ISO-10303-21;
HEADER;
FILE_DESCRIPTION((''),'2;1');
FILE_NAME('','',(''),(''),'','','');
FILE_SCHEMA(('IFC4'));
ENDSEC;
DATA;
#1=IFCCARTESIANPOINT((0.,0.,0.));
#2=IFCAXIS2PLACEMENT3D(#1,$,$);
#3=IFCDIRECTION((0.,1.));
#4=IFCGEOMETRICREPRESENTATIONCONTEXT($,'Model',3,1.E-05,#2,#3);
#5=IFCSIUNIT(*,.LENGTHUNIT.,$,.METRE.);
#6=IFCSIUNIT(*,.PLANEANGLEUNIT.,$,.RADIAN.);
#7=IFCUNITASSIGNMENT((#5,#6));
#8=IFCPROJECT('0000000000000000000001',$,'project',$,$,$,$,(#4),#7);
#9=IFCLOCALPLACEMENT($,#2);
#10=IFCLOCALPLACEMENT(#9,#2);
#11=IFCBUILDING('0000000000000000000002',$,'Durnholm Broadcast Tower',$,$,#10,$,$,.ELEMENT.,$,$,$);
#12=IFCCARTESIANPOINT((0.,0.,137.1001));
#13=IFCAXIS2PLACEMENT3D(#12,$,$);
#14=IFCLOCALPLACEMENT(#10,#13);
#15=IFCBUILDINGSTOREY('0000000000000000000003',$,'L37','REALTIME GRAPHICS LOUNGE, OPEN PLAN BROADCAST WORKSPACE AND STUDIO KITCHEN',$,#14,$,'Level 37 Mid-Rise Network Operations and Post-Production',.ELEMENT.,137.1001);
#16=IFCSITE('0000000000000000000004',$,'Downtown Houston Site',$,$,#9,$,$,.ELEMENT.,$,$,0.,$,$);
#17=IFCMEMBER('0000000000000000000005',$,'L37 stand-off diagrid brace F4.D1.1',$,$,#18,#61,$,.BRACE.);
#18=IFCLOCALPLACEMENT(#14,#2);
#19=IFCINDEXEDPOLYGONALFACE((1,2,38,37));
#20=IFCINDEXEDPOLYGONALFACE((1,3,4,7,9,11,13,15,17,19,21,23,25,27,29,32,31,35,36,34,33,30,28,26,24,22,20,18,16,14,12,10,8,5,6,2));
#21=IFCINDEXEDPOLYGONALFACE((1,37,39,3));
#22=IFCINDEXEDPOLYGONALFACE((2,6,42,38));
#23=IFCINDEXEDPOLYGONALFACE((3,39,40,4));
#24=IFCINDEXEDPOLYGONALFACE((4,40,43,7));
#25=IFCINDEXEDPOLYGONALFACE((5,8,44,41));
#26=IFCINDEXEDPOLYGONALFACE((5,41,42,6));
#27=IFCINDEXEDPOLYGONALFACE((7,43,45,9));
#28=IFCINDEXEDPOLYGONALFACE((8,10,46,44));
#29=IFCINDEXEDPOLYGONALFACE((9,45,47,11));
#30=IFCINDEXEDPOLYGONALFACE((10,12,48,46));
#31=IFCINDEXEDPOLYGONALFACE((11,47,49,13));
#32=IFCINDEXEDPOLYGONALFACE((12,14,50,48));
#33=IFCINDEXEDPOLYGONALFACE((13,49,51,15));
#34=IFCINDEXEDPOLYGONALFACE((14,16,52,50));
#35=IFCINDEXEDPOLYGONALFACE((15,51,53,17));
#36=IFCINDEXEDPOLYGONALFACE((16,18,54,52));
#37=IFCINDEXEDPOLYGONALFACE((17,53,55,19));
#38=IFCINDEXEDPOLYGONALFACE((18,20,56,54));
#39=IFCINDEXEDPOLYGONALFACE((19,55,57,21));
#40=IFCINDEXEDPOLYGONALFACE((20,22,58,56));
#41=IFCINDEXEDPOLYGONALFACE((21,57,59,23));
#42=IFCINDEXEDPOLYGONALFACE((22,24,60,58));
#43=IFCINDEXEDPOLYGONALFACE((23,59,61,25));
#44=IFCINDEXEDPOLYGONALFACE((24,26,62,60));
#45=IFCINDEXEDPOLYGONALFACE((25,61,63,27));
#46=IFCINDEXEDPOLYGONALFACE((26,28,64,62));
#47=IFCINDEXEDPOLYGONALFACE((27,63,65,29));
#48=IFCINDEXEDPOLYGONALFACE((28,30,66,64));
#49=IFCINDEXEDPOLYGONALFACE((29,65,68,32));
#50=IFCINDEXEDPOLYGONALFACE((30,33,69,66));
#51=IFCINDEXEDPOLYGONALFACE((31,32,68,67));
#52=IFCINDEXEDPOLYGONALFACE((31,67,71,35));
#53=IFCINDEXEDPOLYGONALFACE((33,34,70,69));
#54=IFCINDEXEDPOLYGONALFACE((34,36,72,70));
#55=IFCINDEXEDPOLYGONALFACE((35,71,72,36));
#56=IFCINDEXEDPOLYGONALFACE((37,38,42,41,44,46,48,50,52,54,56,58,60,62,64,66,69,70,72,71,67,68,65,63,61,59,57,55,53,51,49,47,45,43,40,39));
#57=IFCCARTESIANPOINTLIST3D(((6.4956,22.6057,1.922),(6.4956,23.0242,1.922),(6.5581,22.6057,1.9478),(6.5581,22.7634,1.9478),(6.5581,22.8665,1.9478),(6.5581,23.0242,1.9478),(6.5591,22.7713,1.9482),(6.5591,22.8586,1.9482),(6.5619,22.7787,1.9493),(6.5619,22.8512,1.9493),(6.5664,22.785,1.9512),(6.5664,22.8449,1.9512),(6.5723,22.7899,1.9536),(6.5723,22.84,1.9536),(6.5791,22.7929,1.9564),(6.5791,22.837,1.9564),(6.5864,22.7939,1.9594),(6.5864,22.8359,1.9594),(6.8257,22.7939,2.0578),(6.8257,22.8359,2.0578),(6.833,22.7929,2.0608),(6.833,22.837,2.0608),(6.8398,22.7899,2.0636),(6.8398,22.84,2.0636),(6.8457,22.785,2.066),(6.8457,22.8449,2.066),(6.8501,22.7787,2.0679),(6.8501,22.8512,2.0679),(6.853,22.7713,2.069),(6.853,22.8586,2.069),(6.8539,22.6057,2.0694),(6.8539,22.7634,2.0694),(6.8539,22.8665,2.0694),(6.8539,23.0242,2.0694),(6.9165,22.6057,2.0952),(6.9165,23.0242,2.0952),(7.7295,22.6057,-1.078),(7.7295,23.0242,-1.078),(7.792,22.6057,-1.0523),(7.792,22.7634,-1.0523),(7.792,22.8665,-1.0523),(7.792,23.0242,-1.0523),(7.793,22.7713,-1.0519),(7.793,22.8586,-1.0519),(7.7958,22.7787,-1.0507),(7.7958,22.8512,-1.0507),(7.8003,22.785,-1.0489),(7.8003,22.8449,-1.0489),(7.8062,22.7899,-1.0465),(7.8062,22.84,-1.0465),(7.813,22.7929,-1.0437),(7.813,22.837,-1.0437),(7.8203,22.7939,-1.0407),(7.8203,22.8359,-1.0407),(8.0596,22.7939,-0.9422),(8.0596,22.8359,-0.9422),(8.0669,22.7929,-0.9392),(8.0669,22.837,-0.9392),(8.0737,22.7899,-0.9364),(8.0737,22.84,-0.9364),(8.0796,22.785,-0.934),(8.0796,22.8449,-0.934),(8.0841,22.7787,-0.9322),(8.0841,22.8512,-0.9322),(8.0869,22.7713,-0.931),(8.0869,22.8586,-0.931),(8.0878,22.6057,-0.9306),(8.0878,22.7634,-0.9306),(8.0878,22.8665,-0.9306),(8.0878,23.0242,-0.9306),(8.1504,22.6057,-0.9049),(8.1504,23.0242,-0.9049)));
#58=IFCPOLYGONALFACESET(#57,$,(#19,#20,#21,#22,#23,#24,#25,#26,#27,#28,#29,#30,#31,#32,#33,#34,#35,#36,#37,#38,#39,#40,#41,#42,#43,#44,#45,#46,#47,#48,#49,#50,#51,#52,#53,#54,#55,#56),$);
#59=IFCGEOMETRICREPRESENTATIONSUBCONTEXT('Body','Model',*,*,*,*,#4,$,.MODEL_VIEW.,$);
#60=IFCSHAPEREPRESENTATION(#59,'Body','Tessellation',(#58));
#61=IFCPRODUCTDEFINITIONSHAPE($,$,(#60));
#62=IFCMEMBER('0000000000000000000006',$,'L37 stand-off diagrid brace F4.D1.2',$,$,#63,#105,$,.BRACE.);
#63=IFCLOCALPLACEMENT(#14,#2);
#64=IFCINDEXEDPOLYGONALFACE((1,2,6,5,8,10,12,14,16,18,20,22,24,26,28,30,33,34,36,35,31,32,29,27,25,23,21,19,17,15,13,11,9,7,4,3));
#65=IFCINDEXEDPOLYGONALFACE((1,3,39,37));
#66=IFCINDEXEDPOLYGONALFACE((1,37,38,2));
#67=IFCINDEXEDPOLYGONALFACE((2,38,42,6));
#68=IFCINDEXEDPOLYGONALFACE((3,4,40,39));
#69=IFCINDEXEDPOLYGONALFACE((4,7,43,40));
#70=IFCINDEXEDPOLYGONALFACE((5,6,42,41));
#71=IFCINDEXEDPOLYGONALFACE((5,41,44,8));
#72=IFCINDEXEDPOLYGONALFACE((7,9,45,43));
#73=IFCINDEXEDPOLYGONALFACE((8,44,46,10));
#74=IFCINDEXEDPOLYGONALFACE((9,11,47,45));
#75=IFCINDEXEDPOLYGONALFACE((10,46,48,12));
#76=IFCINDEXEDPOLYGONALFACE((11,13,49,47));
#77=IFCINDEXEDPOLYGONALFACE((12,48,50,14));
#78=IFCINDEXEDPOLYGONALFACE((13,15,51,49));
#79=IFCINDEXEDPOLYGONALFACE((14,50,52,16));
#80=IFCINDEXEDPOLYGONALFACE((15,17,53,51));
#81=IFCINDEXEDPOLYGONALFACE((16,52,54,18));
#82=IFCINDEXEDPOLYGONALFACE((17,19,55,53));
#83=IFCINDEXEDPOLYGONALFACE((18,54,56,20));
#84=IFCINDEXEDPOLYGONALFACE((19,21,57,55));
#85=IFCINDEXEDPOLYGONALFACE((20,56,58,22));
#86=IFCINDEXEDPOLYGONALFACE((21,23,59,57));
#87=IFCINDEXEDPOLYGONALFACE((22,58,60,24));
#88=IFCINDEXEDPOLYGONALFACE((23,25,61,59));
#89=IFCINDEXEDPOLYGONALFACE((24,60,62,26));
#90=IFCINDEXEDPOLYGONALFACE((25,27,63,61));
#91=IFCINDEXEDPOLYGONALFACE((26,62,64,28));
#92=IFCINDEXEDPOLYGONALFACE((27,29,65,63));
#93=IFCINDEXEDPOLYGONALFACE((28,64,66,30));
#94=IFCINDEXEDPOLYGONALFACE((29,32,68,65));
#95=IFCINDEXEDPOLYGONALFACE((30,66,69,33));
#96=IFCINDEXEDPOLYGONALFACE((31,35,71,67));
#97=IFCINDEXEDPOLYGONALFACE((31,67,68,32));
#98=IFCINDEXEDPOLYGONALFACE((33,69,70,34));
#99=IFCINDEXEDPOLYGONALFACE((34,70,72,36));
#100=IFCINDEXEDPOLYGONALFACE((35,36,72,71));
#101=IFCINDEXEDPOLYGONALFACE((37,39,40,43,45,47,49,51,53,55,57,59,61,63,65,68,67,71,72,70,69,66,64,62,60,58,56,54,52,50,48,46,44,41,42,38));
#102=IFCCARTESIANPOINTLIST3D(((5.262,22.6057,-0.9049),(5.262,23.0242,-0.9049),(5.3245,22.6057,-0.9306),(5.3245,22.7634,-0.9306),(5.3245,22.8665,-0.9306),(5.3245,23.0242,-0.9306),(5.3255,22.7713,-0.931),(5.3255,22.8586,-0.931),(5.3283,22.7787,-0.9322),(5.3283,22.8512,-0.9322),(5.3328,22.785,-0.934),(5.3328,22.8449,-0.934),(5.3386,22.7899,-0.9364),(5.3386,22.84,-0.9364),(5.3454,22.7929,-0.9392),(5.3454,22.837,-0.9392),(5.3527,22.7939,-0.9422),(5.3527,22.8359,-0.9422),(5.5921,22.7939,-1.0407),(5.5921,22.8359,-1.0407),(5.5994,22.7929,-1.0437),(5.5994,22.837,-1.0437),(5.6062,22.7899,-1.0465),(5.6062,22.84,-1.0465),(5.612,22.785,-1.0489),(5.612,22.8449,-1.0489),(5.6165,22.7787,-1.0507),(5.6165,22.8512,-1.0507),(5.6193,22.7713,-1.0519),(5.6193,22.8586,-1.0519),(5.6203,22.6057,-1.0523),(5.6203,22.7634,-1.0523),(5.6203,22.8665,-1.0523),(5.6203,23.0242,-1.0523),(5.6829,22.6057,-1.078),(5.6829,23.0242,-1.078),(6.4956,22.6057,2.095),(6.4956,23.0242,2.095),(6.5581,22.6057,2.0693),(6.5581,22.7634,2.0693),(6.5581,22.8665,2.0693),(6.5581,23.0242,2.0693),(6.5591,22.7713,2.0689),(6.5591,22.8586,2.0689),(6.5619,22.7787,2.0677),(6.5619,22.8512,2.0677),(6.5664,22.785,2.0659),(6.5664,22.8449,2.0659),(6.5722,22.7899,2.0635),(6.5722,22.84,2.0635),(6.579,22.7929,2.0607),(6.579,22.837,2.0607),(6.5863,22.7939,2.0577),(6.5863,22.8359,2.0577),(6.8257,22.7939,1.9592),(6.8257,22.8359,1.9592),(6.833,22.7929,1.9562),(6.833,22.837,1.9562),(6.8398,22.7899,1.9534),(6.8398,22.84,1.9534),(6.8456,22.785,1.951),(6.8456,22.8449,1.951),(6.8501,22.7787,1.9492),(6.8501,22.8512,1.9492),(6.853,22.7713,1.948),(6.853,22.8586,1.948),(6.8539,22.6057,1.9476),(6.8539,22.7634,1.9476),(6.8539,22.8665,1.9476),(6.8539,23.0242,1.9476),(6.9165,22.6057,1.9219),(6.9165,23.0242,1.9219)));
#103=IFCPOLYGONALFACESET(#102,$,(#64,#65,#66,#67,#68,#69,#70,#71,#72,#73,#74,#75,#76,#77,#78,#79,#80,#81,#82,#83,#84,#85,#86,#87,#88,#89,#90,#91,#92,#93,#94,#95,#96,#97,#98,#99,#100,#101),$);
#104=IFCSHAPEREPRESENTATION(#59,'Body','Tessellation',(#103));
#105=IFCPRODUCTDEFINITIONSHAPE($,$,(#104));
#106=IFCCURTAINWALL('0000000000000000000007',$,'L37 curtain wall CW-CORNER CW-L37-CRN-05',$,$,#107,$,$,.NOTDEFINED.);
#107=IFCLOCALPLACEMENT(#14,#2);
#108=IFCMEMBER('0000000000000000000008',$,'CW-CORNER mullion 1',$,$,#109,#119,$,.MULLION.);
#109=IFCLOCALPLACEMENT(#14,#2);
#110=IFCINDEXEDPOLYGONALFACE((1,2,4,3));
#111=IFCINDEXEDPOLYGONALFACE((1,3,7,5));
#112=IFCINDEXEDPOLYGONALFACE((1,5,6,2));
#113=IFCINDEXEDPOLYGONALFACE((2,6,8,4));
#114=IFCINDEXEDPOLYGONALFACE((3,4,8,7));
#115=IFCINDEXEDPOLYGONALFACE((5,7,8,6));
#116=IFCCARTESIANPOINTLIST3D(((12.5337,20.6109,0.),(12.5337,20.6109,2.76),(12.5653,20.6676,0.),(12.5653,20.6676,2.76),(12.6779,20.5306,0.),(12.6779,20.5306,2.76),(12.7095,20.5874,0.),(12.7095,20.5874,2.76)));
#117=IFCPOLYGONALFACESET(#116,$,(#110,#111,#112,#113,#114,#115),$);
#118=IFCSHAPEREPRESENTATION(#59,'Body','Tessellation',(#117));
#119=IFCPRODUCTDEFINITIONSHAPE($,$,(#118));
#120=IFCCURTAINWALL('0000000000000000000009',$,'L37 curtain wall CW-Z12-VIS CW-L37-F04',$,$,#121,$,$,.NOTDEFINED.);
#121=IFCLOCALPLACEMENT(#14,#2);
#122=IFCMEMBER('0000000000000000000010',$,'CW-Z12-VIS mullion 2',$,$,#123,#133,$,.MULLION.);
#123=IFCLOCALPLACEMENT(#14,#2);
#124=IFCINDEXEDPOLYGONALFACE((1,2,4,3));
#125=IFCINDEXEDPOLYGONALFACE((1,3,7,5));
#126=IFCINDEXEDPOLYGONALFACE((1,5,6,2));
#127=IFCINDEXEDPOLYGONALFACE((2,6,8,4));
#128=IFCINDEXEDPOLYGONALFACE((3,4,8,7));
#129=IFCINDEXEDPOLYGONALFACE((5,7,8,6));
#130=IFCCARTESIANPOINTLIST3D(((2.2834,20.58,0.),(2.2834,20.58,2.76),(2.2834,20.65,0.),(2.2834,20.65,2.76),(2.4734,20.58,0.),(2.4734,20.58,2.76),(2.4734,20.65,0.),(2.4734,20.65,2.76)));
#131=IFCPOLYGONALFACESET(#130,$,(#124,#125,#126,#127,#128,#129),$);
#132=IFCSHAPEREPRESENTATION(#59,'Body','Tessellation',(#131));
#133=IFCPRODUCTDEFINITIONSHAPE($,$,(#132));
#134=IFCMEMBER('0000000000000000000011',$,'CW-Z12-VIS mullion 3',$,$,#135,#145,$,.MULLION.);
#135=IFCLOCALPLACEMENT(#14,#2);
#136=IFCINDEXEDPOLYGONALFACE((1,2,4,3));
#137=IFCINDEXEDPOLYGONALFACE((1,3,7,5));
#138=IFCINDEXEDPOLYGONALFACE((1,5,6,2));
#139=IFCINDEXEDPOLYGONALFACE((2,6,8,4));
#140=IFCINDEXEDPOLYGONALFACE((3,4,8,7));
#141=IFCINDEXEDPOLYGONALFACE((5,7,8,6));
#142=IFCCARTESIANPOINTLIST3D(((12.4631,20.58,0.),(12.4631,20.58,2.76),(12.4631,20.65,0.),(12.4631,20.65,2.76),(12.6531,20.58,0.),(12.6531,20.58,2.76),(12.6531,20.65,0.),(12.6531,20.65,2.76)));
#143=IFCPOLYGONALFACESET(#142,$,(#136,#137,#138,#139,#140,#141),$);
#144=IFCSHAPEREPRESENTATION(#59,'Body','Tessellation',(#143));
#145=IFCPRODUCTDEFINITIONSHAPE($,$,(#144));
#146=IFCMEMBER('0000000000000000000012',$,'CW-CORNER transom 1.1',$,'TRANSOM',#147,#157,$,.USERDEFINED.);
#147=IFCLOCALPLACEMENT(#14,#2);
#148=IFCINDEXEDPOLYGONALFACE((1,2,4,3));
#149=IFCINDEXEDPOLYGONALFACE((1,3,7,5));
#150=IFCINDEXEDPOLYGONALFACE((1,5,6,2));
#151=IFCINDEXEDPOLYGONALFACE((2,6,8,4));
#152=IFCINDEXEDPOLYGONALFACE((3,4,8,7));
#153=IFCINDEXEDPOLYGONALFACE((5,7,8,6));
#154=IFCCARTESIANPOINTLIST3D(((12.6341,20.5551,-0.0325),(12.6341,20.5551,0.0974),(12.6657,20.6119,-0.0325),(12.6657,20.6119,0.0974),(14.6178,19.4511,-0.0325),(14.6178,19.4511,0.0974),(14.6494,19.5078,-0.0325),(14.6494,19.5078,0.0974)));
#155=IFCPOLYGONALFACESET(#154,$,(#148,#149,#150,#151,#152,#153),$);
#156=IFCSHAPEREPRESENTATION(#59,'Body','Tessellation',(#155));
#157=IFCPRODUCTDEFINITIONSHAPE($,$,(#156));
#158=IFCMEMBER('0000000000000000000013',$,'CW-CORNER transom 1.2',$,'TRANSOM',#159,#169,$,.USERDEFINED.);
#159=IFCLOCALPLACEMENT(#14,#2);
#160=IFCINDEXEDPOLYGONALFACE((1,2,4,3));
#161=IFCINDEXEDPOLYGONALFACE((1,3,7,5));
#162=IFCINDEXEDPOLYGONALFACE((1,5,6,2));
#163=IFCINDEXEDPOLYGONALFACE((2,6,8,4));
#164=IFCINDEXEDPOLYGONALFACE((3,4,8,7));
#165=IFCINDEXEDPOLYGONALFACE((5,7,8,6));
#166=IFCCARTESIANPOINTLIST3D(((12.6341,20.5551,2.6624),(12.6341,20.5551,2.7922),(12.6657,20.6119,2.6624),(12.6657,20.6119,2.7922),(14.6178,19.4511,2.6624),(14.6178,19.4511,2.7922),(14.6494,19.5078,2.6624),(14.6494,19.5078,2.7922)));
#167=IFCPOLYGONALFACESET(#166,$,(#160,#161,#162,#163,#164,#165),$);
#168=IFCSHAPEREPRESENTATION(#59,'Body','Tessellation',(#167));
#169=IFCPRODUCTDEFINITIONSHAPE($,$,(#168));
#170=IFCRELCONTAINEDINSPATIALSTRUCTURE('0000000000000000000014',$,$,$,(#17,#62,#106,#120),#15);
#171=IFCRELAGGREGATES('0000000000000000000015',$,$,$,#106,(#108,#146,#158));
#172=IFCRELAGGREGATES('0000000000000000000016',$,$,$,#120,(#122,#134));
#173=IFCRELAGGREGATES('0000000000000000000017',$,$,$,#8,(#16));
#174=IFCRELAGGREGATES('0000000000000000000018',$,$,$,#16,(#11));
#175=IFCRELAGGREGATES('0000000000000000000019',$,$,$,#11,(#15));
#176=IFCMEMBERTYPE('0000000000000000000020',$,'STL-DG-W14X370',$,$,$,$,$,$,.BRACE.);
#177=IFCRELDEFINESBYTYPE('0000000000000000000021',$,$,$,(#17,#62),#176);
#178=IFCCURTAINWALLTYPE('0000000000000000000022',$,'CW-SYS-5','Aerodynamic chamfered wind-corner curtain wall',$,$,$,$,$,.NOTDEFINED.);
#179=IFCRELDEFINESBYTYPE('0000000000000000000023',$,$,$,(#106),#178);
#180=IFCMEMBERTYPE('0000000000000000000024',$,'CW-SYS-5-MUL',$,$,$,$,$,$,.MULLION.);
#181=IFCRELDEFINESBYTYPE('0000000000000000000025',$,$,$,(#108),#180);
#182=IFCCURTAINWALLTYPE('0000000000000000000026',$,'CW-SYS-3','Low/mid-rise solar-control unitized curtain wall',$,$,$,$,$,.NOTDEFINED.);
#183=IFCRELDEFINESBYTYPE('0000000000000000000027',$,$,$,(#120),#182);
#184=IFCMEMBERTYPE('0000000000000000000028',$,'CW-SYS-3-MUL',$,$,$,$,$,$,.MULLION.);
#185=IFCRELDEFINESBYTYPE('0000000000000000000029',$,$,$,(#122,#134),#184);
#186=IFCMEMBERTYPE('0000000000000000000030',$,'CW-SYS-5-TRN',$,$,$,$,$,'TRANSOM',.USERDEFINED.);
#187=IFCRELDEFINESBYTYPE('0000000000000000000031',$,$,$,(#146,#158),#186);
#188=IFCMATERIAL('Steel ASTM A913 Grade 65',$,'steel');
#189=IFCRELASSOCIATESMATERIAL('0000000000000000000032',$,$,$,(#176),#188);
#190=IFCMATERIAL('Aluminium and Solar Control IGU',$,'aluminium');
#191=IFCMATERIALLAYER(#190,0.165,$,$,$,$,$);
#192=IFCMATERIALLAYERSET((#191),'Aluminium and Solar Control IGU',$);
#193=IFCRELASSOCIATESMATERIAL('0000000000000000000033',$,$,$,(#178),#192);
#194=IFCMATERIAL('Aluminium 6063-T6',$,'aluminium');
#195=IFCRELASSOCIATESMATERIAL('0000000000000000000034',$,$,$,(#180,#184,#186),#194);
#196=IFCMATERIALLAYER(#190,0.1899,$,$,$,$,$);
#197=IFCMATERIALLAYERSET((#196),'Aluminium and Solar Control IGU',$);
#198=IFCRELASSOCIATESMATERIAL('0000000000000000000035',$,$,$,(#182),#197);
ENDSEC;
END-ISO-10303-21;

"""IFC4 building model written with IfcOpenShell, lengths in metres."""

from ifc_helpers import new_model, si_unit, direction, frame, origin, origin_2d, place, context, subcontext, project, spatial, rectangle, i_section, extrude, source, transform, mapped, material, layer, layer_set, material_profile, profile_set, type_object, type_shapes, element, aggregate, save


model = new_model("IFC4")

# Units and contexts
model_context = context("Model", 3, precision=1e-05, world=origin(), true_north=direction((0.0, 1.0)))
body_context = subcontext(model_context, "Body", "Model", "MODEL_VIEW")
ifc_project = project(units=[si_unit("LENGTHUNIT", "METRE"), si_unit("PLANEANGLEUNIT", "RADIAN")], contexts=[model_context])

# Site, building, storey
site_placement = place(None, origin())
site = spatial("IfcSite", under=ifc_project, at=site_placement, Name="Downtown Houston Site", CompositionType="ELEMENT", RefElevation=0.0)
building_placement = place(site_placement, origin())
building = spatial("IfcBuilding", under=site, at=building_placement, Name="Durnholm Broadcast Tower", CompositionType="ELEMENT")
storey_placement = place(building_placement, frame((0.0, 0.0, 137.1001)))
storey = spatial("IfcBuildingStorey", under=building, at=storey_placement, Name="L37", Description="REALTIME GRAPHICS LOUNGE, OPEN PLAN BROADCAST WORKSPACE AND STUDIO KITCHEN", LongName="Level 37 Mid-Rise Network Operations and Post-Production", CompositionType="ELEMENT", Elevation=137.1001)

# Members
ifc_material_1 = material(Name="Steel ASTM A913 Grade 65", Category="steel")
ifc_material_profile_1 = material_profile(ifc_material_1, i_section(OverallWidth=0.4185, OverallDepth=0.4551, WebThickness=0.042, FlangeThickness=0.0676, FilletRadius=0.0305, at=origin_2d()), Name="W14X370")
ifc_profile_set_1 = profile_set([ifc_material_profile_1], Name="Steel ASTM A913 Grade 65")
member_type_1 = type_object("IfcMemberType", Name="STL-DG-W14X370", PredefinedType="BRACE", material=ifc_profile_set_1)
shared_shape_1 = source(origin(), body_context, "Body", "SweptSolid", [
    extrude(i_section(OverallWidth=0.4185, OverallDepth=0.4551, WebThickness=0.042, FlangeThickness=0.0676, FilletRadius=0.0305, at=origin_2d()), origin(), (0.0, 0.0, 1.0), 3.2439),
])
member_1_placement = place(storey_placement, frame((7.9399, 22.8149, -0.9915), z_axis=(-0.380379, 0.0, 0.924831), x_axis=(0.0, -1.0, 0.0)))
element("IfcMember", 1, at=member_1_placement, inside=storey, type_object=member_type_1, Name="L37 stand-off diagrid brace F4.D1.1", PredefinedType="BRACE", context=body_context, shape_type="MappedRepresentation", body=[
    mapped(shared_shape_1, transform((0.0, 0.0, 0.0), x_axis=(1.0, 0.0, 0.0), y_axis=(0.0, 1.0, 0.0), z_axis=(0.0, 0.0, 1.0), scale=1.0)),
])
shared_shape_2 = source(origin(), body_context, "Body", "SweptSolid", [
    extrude(i_section(OverallWidth=0.4185, OverallDepth=0.4551, WebThickness=0.042, FlangeThickness=0.0676, FilletRadius=0.0305, at=origin_2d()), origin(), (0.0, 0.0, 1.0), 3.2437),
])
type_shapes(member_type_1, [shared_shape_1, shared_shape_2])
member_2_placement = place(storey_placement, frame((5.4724, 22.8149, -0.9915), z_axis=(0.380314, 0.0, 0.924857), x_axis=(0.0, 1.0, 0.0)))
element("IfcMember", 2, at=member_2_placement, inside=storey, type_object=member_type_1, Name="L37 stand-off diagrid brace F4.D1.2", PredefinedType="BRACE", context=body_context, shape_type="MappedRepresentation", body=[
    mapped(shared_shape_2, transform((0.0, 0.0, 0.0), x_axis=(1.0, 0.0, 0.0), y_axis=(0.0, 1.0, 0.0), z_axis=(0.0, 0.0, 1.0), scale=1.0)),
])

# Curtain wall, member
ifc_material_2 = material(Name="Aluminium and Solar Control IGU", Category="aluminium")
ifc_layer_1 = layer(ifc_material_2, 0.165)
ifc_layer_set_1 = layer_set([ifc_layer_1], Name="Aluminium and Solar Control IGU")
curtain_wall_type_1 = type_object("IfcCurtainWallType", Name="CW-SYS-5", Description="Aerodynamic chamfered wind-corner curtain wall", PredefinedType="NOTDEFINED", material=ifc_layer_set_1)
curtain_wall_1_placement = place(storey_placement, origin())
curtain_wall_1 = element("IfcCurtainWall", 3, at=curtain_wall_1_placement, inside=storey, type_object=curtain_wall_type_1, Name="L37 curtain wall CW-CORNER CW-L37-CRN-05", PredefinedType="NOTDEFINED")
ifc_material_3 = material(Name="Aluminium 6063-T6", Category="aluminium")
ifc_material_profile_2 = material_profile(ifc_material_3, rectangle(XDim=0.0649, YDim=0.165, at=origin_2d()), Name="CWM65X165")
ifc_profile_set_2 = profile_set([ifc_material_profile_2], Name="Aluminium 6063-T6")
member_type_2 = type_object("IfcMemberType", Name="CW-SYS-5-MUL", PredefinedType="MULLION", material=ifc_profile_set_2)
shared_shape_3 = source(origin(), body_context, "Body", "SweptSolid", [
    extrude(rectangle(XDim=0.0649, YDim=0.165, at=origin_2d()), origin(), (0.0, 0.0, 1.0), 2.76),
])
type_shapes(member_type_2, [shared_shape_3])
member_3_placement = place(storey_placement, frame((12.6216, 20.5991, 0.0), z_axis=(0.0, 0.0, 1.0), x_axis=(0.486244, 0.873823, 0.0)))
member_3 = element("IfcMember", 4, at=member_3_placement, type_object=member_type_2, Name="CW-CORNER mullion 1", PredefinedType="MULLION", context=body_context, shape_type="MappedRepresentation", body=[
    mapped(shared_shape_3, transform((0.0, 0.0, 0.0), x_axis=(1.0, 0.0, 0.0), y_axis=(0.0, 1.0, 0.0), z_axis=(0.0, 0.0, 1.0), scale=1.0)),
])

# Curtain wall, members
ifc_layer_2 = layer(ifc_material_2, 0.1899)
ifc_layer_set_2 = layer_set([ifc_layer_2], Name="Aluminium and Solar Control IGU")
curtain_wall_type_2 = type_object("IfcCurtainWallType", Name="CW-SYS-3", Description="Low/mid-rise solar-control unitized curtain wall", PredefinedType="NOTDEFINED", material=ifc_layer_set_2)
curtain_wall_2_placement = place(storey_placement, origin())
curtain_wall_2 = element("IfcCurtainWall", 5, at=curtain_wall_2_placement, inside=storey, type_object=curtain_wall_type_2, Name="L37 curtain wall CW-Z12-VIS CW-L37-F04", PredefinedType="NOTDEFINED")
ifc_material_profile_3 = material_profile(ifc_material_3, rectangle(XDim=0.0701, YDim=0.1899, at=origin_2d()), Name="CWM70X190")
ifc_profile_set_3 = profile_set([ifc_material_profile_3], Name="Aluminium 6063-T6")
member_type_3 = type_object("IfcMemberType", Name="CW-SYS-3-MUL", PredefinedType="MULLION", material=ifc_profile_set_3)
shared_shape_4 = source(origin(), body_context, "Body", "SweptSolid", [
    extrude(rectangle(XDim=0.0701, YDim=0.1899, at=origin_2d()), origin(), (0.0, 0.0, 1.0), 2.76),
])
type_shapes(member_type_3, [shared_shape_4])
member_4_placement = place(storey_placement, frame((2.3784, 20.615, 0.0), z_axis=(0.0, 0.0, 1.0), x_axis=(0.0, 1.0, 0.0)))
member_4 = element("IfcMember", 6, at=member_4_placement, type_object=member_type_3, Name="CW-Z12-VIS mullion 2", PredefinedType="MULLION", context=body_context, shape_type="MappedRepresentation", body=[
    mapped(shared_shape_4, transform((0.0, 0.0, 0.0), x_axis=(1.0, 0.0, 0.0), y_axis=(0.0, 1.0, 0.0), z_axis=(0.0, 0.0, 1.0), scale=1.0)),
])
member_5_placement = place(storey_placement, frame((12.5581, 20.615, 0.0), z_axis=(0.0, 0.0, 1.0), x_axis=(0.0, 1.0, 0.0)))
member_5 = element("IfcMember", 7, at=member_5_placement, type_object=member_type_3, Name="CW-Z12-VIS mullion 3", PredefinedType="MULLION", context=body_context, shape_type="MappedRepresentation", body=[
    mapped(shared_shape_4, transform((0.0, 0.0, 0.0), x_axis=(1.0, 0.0, 0.0), y_axis=(0.0, 1.0, 0.0), z_axis=(0.0, 0.0, 1.0), scale=1.0)),
])

# Members
ifc_material_profile_4 = material_profile(ifc_material_3, rectangle(XDim=0.0649, YDim=0.1299, at=origin_2d()), Name="CWT65X130")
ifc_profile_set_4 = profile_set([ifc_material_profile_4], Name="Aluminium 6063-T6")
member_type_4 = type_object("IfcMemberType", Name="CW-SYS-5-TRN", ElementType="TRANSOM", PredefinedType="USERDEFINED", material=ifc_profile_set_4)
shared_shape_5 = source(origin(), body_context, "Body", "SweptSolid", [
    extrude(rectangle(XDim=0.0649, YDim=0.1299, at=origin_2d()), origin(), (0.0, 0.0, 1.0), 2.2703),
])
type_shapes(member_type_4, [shared_shape_5])
member_6_placement = place(storey_placement, frame((12.6499, 20.5835, 0.0325), z_axis=(0.873787, -0.486309, 0.0), x_axis=(0.486309, 0.873787, 0.0)))
member_6 = element("IfcMember", 8, at=member_6_placement, type_object=member_type_4, Name="CW-CORNER transom 1.1", ObjectType="TRANSOM", PredefinedType="USERDEFINED", context=body_context, shape_type="MappedRepresentation", body=[
    mapped(shared_shape_5, transform((0.0, 0.0, 0.0), x_axis=(1.0, 0.0, 0.0), y_axis=(0.0, 1.0, 0.0), z_axis=(0.0, 0.0, 1.0), scale=1.0)),
])
member_7_placement = place(storey_placement, frame((12.6499, 20.5835, 2.7273), z_axis=(0.873787, -0.486309, 0.0), x_axis=(0.486309, 0.873787, 0.0)))
member_7 = element("IfcMember", 9, at=member_7_placement, type_object=member_type_4, Name="CW-CORNER transom 1.2", ObjectType="TRANSOM", PredefinedType="USERDEFINED", context=body_context, shape_type="MappedRepresentation", body=[
    mapped(shared_shape_5, transform((0.0, 0.0, 0.0), x_axis=(1.0, 0.0, 0.0), y_axis=(0.0, 1.0, 0.0), z_axis=(0.0, 0.0, 1.0), scale=1.0)),
])
aggregate(curtain_wall_1, [member_3, member_6, member_7])

aggregate(curtain_wall_2, [member_4, member_5])

save(model, "model.ifc")
